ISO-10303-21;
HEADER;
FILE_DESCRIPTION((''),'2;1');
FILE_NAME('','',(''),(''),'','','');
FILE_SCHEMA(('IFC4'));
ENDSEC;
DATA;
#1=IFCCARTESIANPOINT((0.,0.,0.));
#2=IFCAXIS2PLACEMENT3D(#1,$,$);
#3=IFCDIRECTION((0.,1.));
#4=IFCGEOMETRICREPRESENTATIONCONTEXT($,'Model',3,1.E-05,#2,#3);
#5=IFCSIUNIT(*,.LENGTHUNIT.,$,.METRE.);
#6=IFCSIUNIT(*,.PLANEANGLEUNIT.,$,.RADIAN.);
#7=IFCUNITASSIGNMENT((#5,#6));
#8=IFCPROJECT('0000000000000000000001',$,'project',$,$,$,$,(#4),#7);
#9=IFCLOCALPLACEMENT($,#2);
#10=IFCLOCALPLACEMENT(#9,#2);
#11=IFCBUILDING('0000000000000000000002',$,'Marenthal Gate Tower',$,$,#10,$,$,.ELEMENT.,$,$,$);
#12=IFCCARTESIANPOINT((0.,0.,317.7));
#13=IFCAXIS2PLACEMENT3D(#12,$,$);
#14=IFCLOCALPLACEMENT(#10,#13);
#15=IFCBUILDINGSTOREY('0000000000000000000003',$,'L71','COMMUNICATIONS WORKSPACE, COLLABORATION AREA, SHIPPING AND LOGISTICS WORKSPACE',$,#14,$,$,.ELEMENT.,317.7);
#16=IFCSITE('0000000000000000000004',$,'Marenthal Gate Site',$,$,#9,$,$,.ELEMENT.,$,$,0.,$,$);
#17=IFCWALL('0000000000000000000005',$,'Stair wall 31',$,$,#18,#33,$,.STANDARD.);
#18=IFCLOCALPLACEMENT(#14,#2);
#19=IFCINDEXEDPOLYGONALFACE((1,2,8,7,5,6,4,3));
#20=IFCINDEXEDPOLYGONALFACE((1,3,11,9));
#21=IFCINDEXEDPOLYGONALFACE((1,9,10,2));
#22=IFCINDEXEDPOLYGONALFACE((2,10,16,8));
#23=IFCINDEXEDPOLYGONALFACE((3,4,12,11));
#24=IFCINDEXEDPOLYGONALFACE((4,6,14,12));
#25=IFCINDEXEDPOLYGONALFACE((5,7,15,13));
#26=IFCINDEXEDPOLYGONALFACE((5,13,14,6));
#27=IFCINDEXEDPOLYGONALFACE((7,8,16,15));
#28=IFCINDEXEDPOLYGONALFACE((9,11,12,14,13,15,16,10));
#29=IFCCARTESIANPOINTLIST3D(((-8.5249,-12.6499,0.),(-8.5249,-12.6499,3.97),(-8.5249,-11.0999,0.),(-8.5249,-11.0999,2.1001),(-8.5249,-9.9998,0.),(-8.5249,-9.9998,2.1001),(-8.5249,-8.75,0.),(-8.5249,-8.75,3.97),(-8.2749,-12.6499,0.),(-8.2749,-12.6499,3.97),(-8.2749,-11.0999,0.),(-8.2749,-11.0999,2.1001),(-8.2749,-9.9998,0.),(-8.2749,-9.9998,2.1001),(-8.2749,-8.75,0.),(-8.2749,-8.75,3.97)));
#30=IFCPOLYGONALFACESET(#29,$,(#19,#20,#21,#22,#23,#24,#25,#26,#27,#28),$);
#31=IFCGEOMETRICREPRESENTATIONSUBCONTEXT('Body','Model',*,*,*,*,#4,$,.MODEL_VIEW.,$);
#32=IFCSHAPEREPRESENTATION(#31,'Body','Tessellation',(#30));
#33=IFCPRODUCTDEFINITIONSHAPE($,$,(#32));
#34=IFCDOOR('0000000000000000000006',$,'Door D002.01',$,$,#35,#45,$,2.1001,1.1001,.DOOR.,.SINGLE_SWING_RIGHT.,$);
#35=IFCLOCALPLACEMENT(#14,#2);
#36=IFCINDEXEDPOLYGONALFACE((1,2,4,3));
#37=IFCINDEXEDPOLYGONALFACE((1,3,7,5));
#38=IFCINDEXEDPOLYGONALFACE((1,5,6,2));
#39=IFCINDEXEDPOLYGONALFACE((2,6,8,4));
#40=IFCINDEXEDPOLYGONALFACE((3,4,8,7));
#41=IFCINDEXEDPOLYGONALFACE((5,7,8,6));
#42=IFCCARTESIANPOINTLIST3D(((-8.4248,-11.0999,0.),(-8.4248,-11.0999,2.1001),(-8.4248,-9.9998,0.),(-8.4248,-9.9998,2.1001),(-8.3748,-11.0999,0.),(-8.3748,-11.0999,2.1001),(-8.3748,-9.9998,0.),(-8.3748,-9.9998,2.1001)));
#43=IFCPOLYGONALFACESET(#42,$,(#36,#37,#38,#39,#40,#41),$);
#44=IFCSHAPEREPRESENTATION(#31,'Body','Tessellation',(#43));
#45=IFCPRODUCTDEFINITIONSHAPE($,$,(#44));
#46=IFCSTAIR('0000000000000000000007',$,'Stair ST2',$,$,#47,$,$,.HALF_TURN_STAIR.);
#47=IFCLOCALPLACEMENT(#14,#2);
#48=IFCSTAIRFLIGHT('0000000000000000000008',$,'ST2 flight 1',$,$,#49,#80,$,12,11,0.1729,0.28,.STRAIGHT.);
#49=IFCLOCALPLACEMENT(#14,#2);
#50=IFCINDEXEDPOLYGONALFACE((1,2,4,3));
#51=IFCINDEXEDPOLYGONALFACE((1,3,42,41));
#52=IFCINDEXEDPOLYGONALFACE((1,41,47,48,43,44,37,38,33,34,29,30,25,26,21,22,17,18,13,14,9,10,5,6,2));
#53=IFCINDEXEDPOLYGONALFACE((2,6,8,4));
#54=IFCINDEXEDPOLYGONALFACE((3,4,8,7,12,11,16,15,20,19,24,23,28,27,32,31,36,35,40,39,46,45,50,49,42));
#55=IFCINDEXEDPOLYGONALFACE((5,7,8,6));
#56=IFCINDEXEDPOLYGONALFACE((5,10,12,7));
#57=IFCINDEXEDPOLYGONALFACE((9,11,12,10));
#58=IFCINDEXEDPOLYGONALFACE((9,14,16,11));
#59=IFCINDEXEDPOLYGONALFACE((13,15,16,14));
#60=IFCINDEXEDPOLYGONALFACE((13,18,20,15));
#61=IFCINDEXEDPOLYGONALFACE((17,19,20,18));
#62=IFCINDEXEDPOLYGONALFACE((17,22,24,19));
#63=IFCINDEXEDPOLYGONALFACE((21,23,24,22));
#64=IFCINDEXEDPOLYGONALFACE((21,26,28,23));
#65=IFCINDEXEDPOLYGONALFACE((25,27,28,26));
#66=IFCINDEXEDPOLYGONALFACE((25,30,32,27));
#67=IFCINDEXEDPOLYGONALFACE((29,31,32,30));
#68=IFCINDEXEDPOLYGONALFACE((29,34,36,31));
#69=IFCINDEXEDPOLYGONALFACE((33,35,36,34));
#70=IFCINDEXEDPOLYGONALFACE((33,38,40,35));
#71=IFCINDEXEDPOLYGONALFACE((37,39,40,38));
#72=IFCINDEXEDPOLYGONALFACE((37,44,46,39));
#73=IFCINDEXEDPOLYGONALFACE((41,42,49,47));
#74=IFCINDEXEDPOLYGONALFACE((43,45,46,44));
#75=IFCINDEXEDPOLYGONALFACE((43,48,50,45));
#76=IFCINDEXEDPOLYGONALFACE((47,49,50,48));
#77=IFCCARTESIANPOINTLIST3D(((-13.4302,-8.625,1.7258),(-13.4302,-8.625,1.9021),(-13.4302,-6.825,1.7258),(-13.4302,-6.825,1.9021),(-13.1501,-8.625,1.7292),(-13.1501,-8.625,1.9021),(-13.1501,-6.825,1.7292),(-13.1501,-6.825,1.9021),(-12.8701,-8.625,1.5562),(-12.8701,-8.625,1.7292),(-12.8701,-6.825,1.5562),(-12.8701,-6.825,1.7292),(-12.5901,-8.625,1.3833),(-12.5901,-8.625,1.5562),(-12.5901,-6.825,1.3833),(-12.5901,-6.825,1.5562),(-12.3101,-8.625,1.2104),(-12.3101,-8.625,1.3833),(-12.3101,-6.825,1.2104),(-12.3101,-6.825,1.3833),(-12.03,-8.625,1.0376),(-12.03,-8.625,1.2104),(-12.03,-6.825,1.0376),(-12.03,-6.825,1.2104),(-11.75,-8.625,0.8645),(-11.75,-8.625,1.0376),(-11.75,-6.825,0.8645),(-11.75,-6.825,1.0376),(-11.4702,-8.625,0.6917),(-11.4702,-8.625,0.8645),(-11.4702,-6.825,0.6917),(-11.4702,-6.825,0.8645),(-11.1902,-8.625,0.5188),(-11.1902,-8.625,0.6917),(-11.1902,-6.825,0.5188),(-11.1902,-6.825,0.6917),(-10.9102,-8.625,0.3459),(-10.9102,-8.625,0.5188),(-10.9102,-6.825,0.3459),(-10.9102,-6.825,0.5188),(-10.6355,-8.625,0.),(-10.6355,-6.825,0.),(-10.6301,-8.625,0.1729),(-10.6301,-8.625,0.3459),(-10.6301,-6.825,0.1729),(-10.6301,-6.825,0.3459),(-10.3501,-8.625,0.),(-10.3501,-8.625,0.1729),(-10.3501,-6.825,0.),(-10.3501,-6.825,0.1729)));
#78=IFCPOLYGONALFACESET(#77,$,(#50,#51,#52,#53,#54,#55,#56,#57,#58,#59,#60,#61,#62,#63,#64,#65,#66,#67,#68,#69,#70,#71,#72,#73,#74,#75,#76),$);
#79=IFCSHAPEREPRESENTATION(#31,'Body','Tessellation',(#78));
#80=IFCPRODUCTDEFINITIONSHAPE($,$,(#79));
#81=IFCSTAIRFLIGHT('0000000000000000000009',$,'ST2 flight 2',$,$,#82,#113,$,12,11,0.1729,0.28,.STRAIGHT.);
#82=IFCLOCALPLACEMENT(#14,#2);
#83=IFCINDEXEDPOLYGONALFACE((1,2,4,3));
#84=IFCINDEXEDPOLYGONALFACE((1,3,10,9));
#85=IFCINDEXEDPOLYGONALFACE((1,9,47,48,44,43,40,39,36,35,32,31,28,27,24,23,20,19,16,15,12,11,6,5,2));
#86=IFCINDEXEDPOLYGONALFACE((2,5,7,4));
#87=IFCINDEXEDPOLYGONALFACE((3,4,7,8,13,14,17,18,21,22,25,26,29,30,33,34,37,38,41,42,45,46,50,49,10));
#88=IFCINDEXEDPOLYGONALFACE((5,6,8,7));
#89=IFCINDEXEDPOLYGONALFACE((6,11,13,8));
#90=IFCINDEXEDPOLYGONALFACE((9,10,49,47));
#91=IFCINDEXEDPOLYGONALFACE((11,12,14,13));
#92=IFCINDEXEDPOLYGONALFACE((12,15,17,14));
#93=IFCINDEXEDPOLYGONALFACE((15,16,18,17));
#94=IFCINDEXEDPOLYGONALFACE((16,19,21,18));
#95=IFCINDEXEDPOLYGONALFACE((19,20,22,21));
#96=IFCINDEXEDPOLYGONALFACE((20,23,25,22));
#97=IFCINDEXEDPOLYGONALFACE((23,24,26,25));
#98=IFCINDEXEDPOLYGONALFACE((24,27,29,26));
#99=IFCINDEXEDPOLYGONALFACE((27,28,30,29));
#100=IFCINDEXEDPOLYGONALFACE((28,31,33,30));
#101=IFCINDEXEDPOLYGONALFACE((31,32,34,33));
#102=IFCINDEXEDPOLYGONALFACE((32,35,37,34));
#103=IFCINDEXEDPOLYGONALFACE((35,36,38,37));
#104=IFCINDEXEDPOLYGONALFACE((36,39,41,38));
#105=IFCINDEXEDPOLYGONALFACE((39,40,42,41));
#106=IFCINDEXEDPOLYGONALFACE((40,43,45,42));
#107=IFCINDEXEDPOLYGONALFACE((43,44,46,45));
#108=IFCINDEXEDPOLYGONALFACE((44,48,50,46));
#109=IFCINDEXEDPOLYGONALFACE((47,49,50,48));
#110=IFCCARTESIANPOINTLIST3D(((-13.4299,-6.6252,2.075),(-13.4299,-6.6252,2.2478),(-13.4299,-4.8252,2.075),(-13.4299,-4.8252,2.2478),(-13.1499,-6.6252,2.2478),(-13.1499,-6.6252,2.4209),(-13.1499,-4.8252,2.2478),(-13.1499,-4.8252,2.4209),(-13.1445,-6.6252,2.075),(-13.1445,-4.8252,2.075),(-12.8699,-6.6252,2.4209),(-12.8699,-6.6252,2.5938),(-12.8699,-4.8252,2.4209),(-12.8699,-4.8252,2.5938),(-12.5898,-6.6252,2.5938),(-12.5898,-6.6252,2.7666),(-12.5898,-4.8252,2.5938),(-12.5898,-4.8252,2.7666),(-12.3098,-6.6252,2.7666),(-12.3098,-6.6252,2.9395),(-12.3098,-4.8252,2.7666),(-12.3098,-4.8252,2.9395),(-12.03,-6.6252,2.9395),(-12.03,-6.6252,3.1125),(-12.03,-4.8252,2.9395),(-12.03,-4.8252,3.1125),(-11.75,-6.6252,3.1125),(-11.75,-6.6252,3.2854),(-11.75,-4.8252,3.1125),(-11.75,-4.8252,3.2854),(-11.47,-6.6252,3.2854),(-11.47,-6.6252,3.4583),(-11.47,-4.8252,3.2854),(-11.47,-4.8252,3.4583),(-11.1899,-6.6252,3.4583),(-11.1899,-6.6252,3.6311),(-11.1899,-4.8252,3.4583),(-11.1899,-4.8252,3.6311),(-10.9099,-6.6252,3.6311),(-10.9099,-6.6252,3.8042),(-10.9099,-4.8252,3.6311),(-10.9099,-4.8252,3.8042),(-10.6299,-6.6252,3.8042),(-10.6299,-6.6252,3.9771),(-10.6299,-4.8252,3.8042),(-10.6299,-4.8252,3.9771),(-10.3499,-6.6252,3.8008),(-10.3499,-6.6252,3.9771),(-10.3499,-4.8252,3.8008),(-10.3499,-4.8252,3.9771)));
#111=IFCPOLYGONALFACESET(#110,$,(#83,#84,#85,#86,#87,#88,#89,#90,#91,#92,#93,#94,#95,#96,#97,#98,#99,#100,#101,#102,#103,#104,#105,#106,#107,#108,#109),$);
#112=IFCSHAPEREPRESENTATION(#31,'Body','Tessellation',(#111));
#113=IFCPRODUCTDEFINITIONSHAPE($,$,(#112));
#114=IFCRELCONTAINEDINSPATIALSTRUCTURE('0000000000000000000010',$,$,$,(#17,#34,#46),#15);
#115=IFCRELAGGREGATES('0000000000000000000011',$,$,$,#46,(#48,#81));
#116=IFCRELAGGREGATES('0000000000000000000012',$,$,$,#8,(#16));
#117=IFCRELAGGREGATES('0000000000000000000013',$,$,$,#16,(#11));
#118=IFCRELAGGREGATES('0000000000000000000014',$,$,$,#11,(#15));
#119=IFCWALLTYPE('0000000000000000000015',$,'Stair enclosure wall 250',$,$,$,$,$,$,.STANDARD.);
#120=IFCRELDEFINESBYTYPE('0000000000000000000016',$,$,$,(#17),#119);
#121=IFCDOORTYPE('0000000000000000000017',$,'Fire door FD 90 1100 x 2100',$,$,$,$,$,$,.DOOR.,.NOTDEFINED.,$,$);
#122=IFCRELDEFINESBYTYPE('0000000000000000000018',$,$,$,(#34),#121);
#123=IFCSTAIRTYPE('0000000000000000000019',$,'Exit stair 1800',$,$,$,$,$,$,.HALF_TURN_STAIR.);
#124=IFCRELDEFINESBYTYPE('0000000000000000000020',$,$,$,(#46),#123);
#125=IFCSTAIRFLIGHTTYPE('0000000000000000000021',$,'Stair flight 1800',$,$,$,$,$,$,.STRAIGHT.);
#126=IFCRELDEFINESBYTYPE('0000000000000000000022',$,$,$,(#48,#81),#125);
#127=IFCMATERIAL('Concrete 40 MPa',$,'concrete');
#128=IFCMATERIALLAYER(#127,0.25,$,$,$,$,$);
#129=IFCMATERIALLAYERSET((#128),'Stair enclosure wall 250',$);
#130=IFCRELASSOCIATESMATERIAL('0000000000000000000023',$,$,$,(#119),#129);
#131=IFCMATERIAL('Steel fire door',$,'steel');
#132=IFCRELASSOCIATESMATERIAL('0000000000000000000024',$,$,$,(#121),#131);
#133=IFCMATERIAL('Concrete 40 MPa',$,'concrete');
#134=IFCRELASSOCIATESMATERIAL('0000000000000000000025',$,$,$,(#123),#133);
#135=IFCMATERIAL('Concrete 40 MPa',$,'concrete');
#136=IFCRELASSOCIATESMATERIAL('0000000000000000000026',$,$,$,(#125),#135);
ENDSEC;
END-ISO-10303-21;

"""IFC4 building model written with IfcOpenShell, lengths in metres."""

from ifc_helpers import new_model, si_unit, direction, frame, frame_2d, origin, place, context, subcontext, project, spatial, polyline, rectangle, outline, extrude, material, layer, layer_set, type_object, element, fill, aggregate, save


model = new_model("IFC4")

# Units and contexts
model_context = context("Model", 3, precision=1e-05, world=origin(), true_north=direction((0.0, 1.0)))
body_context = subcontext(model_context, "Body", "Model", "MODEL_VIEW")
ifc_project = project(units=[si_unit("LENGTHUNIT", "METRE"), si_unit("PLANEANGLEUNIT", "RADIAN")], contexts=[model_context])

# Site, building, storey
site_placement = place(None, origin())
site = spatial("IfcSite", under=ifc_project, at=site_placement, Name="Marenthal Gate Site", CompositionType="ELEMENT", RefElevation=0.0)
building_placement = place(site_placement, origin())
building = spatial("IfcBuilding", under=site, at=building_placement, Name="Marenthal Gate Tower", CompositionType="ELEMENT")
storey_placement = place(building_placement, frame((0.0, 0.0, 317.7)))
storey = spatial("IfcBuildingStorey", under=building, at=storey_placement, Name="L71", Description="COMMUNICATIONS WORKSPACE, COLLABORATION AREA, SHIPPING AND LOGISTICS WORKSPACE", CompositionType="ELEMENT", Elevation=317.7)

# Shared definitions
ifc_material_1 = material(Name="Concrete 40 MPa", Category="concrete")
ifc_layer_1 = layer(ifc_material_1, 0.25)
ifc_layer_set_1 = layer_set([ifc_layer_1], Name="Stair enclosure wall 250")
wall_type_1 = type_object("IfcWallType", Name="Stair enclosure wall 250", PredefinedType="STANDARD", material=ifc_layer_set_1)

# Wall, opening, door
wall_1_placement = place(storey_placement, frame((-8.3999, -12.6499, 0.0), z_axis=(0.0, 0.0, 1.0), x_axis=(0.0, 1.0, 0.0)))
wall_1 = element("IfcWall", 1, at=wall_1_placement, inside=storey, type_object=wall_type_1, Name="Stair wall 31", PredefinedType="STANDARD", context=body_context, shape_type="SweptSolid", body=[
    extrude(rectangle(XDim=3.8999, YDim=0.25, at=frame_2d((1.95, 0.0))), origin(), (0.0, 0.0, 1.0), 3.97),
])
opening_1_placement = place(wall_1_placement, frame((1.55, 0.0, 0.0)))
opening_1 = element("IfcOpeningElement", 2, at=opening_1_placement, cuts=wall_1, PredefinedType="OPENING", context=body_context, shape_type="SweptSolid", body=[
    extrude(rectangle(XDim=1.1001, YDim=2.1001, at=frame_2d((0.55, 1.05))), frame((0.0, 0.135, 0.0), z_axis=(0.0, -1.0, 0.0), x_axis=(1.0, 0.0, 0.0)), (0.0, 0.0, 1.0), 0.27),
])
ifc_material_2 = material(Name="Steel fire door", Category="steel")
door_type_1 = type_object("IfcDoorType", Name="Fire door FD 90 1100 x 2100", OperationType="NOTDEFINED", PredefinedType="DOOR", material=ifc_material_2)
door_1_placement = place(opening_1_placement, origin())
door_1 = element("IfcDoor", 3, at=door_1_placement, inside=storey, type_object=door_type_1, Name="Door D002.01", OperationType="SINGLE_SWING_RIGHT", OverallHeight=2.1001, OverallWidth=1.1001, PredefinedType="DOOR", context=body_context, shape_type="SweptSolid", body=[
    extrude(rectangle(XDim=1.1001, YDim=2.1001, at=frame_2d((0.55, 1.05))), frame((0.0, 0.0249, 0.0), z_axis=(0.0, -1.0, 0.0), x_axis=(1.0, 0.0, 0.0)), (0.0, 0.0, 1.0), 0.05),
])
fill(opening_1, door_1)

# Stair, stair flights
ifc_material_3 = material(Name="Concrete 40 MPa", Category="concrete")
stair_type = type_object("IfcStairType", Name="Exit stair 1800", PredefinedType="HALF_TURN_STAIR", material=ifc_material_3)
stair_placement = place(storey_placement, origin())
stair = element("IfcStair", 4, at=stair_placement, inside=storey, type_object=stair_type, Name="Stair ST2", PredefinedType="HALF_TURN_STAIR")
ifc_material_4 = material(Name="Concrete 40 MPa", Category="concrete")
stair_flight_type = type_object("IfcStairFlightType", Name="Stair flight 1800", PredefinedType="STRAIGHT", material=ifc_material_4)
stair_flight_1_placement = place(storey_placement, frame((-10.3501, -7.7251, 0.0), z_axis=(0.0, 0.0, 1.0), x_axis=(-1.0, 0.0, 0.0)))
stair_flight_1 = element("IfcStairFlight", 5, at=stair_flight_1_placement, type_object=stair_flight_type, Name="ST2 flight 1", NumberOfRisers=12, NumberOfTreads=11, PredefinedType="STRAIGHT", RiserHeight=0.1729, TreadLength=0.28, context=body_context, shape_type="SweptSolid", body=[
    extrude(outline(polyline([(0.0, 0.0), (0.0, 0.1729), (0.28, 0.1729), (0.28, 0.3459), (0.5601, 0.3459), (0.5601, 0.5188), (0.8401, 0.5188), (0.8401, 0.6917), (1.1201, 0.6917), (1.1201, 0.8645), (1.3999, 0.8645), (1.3999, 1.0376), (1.6799, 1.0376), (1.6799, 1.2104), (1.96, 1.2104), (1.96, 1.3833), (2.24, 1.3833), (2.24, 1.5562), (2.52, 1.5562), (2.52, 1.7292), (2.8, 1.7292), (2.8, 1.9021), (3.0801, 1.9021), (3.0801, 2.075), (3.0801, 1.7258), (0.2854, 0.0), (0.0, 0.0)])), frame((0.0, 0.8999, 0.0), z_axis=(0.0, -1.0, 0.0), x_axis=(1.0, 0.0, 0.0)), (0.0, 0.0, 1.0), 1.8),
])
stair_flight_2_placement = place(storey_placement, frame((-13.4299, -5.7251, 2.075), z_axis=(0.0, 0.0, 1.0), x_axis=(1.0, 0.0, 0.0)))
stair_flight_2 = element("IfcStairFlight", 6, at=stair_flight_2_placement, type_object=stair_flight_type, Name="ST2 flight 2", NumberOfRisers=12, NumberOfTreads=11, PredefinedType="STRAIGHT", RiserHeight=0.1729, TreadLength=0.28, context=body_context, shape_type="SweptSolid", body=[
    extrude(outline(polyline([(0.0, 0.0), (0.0, 0.1729), (0.28, 0.1729), (0.28, 0.3459), (0.5601, 0.3459), (0.5601, 0.5188), (0.8401, 0.5188), (0.8401, 0.6917), (1.1201, 0.6917), (1.1201, 0.8645), (1.3999, 0.8645), (1.3999, 1.0376), (1.6799, 1.0376), (1.6799, 1.2104), (1.96, 1.2104), (1.96, 1.3833), (2.24, 1.3833), (2.24, 1.5562), (2.52, 1.5562), (2.52, 1.7292), (2.8, 1.7292), (2.8, 1.9021), (3.0801, 1.9021), (3.0801, 2.075), (3.0801, 1.7258), (0.2854, 0.0), (0.0, 0.0)])), frame((0.0, 0.8999, 0.0), z_axis=(0.0, -1.0, 0.0), x_axis=(1.0, 0.0, 0.0)), (0.0, 0.0, 1.0), 1.8),
])
aggregate(stair, [stair_flight_1, stair_flight_2])

save(model, "model.ifc")
